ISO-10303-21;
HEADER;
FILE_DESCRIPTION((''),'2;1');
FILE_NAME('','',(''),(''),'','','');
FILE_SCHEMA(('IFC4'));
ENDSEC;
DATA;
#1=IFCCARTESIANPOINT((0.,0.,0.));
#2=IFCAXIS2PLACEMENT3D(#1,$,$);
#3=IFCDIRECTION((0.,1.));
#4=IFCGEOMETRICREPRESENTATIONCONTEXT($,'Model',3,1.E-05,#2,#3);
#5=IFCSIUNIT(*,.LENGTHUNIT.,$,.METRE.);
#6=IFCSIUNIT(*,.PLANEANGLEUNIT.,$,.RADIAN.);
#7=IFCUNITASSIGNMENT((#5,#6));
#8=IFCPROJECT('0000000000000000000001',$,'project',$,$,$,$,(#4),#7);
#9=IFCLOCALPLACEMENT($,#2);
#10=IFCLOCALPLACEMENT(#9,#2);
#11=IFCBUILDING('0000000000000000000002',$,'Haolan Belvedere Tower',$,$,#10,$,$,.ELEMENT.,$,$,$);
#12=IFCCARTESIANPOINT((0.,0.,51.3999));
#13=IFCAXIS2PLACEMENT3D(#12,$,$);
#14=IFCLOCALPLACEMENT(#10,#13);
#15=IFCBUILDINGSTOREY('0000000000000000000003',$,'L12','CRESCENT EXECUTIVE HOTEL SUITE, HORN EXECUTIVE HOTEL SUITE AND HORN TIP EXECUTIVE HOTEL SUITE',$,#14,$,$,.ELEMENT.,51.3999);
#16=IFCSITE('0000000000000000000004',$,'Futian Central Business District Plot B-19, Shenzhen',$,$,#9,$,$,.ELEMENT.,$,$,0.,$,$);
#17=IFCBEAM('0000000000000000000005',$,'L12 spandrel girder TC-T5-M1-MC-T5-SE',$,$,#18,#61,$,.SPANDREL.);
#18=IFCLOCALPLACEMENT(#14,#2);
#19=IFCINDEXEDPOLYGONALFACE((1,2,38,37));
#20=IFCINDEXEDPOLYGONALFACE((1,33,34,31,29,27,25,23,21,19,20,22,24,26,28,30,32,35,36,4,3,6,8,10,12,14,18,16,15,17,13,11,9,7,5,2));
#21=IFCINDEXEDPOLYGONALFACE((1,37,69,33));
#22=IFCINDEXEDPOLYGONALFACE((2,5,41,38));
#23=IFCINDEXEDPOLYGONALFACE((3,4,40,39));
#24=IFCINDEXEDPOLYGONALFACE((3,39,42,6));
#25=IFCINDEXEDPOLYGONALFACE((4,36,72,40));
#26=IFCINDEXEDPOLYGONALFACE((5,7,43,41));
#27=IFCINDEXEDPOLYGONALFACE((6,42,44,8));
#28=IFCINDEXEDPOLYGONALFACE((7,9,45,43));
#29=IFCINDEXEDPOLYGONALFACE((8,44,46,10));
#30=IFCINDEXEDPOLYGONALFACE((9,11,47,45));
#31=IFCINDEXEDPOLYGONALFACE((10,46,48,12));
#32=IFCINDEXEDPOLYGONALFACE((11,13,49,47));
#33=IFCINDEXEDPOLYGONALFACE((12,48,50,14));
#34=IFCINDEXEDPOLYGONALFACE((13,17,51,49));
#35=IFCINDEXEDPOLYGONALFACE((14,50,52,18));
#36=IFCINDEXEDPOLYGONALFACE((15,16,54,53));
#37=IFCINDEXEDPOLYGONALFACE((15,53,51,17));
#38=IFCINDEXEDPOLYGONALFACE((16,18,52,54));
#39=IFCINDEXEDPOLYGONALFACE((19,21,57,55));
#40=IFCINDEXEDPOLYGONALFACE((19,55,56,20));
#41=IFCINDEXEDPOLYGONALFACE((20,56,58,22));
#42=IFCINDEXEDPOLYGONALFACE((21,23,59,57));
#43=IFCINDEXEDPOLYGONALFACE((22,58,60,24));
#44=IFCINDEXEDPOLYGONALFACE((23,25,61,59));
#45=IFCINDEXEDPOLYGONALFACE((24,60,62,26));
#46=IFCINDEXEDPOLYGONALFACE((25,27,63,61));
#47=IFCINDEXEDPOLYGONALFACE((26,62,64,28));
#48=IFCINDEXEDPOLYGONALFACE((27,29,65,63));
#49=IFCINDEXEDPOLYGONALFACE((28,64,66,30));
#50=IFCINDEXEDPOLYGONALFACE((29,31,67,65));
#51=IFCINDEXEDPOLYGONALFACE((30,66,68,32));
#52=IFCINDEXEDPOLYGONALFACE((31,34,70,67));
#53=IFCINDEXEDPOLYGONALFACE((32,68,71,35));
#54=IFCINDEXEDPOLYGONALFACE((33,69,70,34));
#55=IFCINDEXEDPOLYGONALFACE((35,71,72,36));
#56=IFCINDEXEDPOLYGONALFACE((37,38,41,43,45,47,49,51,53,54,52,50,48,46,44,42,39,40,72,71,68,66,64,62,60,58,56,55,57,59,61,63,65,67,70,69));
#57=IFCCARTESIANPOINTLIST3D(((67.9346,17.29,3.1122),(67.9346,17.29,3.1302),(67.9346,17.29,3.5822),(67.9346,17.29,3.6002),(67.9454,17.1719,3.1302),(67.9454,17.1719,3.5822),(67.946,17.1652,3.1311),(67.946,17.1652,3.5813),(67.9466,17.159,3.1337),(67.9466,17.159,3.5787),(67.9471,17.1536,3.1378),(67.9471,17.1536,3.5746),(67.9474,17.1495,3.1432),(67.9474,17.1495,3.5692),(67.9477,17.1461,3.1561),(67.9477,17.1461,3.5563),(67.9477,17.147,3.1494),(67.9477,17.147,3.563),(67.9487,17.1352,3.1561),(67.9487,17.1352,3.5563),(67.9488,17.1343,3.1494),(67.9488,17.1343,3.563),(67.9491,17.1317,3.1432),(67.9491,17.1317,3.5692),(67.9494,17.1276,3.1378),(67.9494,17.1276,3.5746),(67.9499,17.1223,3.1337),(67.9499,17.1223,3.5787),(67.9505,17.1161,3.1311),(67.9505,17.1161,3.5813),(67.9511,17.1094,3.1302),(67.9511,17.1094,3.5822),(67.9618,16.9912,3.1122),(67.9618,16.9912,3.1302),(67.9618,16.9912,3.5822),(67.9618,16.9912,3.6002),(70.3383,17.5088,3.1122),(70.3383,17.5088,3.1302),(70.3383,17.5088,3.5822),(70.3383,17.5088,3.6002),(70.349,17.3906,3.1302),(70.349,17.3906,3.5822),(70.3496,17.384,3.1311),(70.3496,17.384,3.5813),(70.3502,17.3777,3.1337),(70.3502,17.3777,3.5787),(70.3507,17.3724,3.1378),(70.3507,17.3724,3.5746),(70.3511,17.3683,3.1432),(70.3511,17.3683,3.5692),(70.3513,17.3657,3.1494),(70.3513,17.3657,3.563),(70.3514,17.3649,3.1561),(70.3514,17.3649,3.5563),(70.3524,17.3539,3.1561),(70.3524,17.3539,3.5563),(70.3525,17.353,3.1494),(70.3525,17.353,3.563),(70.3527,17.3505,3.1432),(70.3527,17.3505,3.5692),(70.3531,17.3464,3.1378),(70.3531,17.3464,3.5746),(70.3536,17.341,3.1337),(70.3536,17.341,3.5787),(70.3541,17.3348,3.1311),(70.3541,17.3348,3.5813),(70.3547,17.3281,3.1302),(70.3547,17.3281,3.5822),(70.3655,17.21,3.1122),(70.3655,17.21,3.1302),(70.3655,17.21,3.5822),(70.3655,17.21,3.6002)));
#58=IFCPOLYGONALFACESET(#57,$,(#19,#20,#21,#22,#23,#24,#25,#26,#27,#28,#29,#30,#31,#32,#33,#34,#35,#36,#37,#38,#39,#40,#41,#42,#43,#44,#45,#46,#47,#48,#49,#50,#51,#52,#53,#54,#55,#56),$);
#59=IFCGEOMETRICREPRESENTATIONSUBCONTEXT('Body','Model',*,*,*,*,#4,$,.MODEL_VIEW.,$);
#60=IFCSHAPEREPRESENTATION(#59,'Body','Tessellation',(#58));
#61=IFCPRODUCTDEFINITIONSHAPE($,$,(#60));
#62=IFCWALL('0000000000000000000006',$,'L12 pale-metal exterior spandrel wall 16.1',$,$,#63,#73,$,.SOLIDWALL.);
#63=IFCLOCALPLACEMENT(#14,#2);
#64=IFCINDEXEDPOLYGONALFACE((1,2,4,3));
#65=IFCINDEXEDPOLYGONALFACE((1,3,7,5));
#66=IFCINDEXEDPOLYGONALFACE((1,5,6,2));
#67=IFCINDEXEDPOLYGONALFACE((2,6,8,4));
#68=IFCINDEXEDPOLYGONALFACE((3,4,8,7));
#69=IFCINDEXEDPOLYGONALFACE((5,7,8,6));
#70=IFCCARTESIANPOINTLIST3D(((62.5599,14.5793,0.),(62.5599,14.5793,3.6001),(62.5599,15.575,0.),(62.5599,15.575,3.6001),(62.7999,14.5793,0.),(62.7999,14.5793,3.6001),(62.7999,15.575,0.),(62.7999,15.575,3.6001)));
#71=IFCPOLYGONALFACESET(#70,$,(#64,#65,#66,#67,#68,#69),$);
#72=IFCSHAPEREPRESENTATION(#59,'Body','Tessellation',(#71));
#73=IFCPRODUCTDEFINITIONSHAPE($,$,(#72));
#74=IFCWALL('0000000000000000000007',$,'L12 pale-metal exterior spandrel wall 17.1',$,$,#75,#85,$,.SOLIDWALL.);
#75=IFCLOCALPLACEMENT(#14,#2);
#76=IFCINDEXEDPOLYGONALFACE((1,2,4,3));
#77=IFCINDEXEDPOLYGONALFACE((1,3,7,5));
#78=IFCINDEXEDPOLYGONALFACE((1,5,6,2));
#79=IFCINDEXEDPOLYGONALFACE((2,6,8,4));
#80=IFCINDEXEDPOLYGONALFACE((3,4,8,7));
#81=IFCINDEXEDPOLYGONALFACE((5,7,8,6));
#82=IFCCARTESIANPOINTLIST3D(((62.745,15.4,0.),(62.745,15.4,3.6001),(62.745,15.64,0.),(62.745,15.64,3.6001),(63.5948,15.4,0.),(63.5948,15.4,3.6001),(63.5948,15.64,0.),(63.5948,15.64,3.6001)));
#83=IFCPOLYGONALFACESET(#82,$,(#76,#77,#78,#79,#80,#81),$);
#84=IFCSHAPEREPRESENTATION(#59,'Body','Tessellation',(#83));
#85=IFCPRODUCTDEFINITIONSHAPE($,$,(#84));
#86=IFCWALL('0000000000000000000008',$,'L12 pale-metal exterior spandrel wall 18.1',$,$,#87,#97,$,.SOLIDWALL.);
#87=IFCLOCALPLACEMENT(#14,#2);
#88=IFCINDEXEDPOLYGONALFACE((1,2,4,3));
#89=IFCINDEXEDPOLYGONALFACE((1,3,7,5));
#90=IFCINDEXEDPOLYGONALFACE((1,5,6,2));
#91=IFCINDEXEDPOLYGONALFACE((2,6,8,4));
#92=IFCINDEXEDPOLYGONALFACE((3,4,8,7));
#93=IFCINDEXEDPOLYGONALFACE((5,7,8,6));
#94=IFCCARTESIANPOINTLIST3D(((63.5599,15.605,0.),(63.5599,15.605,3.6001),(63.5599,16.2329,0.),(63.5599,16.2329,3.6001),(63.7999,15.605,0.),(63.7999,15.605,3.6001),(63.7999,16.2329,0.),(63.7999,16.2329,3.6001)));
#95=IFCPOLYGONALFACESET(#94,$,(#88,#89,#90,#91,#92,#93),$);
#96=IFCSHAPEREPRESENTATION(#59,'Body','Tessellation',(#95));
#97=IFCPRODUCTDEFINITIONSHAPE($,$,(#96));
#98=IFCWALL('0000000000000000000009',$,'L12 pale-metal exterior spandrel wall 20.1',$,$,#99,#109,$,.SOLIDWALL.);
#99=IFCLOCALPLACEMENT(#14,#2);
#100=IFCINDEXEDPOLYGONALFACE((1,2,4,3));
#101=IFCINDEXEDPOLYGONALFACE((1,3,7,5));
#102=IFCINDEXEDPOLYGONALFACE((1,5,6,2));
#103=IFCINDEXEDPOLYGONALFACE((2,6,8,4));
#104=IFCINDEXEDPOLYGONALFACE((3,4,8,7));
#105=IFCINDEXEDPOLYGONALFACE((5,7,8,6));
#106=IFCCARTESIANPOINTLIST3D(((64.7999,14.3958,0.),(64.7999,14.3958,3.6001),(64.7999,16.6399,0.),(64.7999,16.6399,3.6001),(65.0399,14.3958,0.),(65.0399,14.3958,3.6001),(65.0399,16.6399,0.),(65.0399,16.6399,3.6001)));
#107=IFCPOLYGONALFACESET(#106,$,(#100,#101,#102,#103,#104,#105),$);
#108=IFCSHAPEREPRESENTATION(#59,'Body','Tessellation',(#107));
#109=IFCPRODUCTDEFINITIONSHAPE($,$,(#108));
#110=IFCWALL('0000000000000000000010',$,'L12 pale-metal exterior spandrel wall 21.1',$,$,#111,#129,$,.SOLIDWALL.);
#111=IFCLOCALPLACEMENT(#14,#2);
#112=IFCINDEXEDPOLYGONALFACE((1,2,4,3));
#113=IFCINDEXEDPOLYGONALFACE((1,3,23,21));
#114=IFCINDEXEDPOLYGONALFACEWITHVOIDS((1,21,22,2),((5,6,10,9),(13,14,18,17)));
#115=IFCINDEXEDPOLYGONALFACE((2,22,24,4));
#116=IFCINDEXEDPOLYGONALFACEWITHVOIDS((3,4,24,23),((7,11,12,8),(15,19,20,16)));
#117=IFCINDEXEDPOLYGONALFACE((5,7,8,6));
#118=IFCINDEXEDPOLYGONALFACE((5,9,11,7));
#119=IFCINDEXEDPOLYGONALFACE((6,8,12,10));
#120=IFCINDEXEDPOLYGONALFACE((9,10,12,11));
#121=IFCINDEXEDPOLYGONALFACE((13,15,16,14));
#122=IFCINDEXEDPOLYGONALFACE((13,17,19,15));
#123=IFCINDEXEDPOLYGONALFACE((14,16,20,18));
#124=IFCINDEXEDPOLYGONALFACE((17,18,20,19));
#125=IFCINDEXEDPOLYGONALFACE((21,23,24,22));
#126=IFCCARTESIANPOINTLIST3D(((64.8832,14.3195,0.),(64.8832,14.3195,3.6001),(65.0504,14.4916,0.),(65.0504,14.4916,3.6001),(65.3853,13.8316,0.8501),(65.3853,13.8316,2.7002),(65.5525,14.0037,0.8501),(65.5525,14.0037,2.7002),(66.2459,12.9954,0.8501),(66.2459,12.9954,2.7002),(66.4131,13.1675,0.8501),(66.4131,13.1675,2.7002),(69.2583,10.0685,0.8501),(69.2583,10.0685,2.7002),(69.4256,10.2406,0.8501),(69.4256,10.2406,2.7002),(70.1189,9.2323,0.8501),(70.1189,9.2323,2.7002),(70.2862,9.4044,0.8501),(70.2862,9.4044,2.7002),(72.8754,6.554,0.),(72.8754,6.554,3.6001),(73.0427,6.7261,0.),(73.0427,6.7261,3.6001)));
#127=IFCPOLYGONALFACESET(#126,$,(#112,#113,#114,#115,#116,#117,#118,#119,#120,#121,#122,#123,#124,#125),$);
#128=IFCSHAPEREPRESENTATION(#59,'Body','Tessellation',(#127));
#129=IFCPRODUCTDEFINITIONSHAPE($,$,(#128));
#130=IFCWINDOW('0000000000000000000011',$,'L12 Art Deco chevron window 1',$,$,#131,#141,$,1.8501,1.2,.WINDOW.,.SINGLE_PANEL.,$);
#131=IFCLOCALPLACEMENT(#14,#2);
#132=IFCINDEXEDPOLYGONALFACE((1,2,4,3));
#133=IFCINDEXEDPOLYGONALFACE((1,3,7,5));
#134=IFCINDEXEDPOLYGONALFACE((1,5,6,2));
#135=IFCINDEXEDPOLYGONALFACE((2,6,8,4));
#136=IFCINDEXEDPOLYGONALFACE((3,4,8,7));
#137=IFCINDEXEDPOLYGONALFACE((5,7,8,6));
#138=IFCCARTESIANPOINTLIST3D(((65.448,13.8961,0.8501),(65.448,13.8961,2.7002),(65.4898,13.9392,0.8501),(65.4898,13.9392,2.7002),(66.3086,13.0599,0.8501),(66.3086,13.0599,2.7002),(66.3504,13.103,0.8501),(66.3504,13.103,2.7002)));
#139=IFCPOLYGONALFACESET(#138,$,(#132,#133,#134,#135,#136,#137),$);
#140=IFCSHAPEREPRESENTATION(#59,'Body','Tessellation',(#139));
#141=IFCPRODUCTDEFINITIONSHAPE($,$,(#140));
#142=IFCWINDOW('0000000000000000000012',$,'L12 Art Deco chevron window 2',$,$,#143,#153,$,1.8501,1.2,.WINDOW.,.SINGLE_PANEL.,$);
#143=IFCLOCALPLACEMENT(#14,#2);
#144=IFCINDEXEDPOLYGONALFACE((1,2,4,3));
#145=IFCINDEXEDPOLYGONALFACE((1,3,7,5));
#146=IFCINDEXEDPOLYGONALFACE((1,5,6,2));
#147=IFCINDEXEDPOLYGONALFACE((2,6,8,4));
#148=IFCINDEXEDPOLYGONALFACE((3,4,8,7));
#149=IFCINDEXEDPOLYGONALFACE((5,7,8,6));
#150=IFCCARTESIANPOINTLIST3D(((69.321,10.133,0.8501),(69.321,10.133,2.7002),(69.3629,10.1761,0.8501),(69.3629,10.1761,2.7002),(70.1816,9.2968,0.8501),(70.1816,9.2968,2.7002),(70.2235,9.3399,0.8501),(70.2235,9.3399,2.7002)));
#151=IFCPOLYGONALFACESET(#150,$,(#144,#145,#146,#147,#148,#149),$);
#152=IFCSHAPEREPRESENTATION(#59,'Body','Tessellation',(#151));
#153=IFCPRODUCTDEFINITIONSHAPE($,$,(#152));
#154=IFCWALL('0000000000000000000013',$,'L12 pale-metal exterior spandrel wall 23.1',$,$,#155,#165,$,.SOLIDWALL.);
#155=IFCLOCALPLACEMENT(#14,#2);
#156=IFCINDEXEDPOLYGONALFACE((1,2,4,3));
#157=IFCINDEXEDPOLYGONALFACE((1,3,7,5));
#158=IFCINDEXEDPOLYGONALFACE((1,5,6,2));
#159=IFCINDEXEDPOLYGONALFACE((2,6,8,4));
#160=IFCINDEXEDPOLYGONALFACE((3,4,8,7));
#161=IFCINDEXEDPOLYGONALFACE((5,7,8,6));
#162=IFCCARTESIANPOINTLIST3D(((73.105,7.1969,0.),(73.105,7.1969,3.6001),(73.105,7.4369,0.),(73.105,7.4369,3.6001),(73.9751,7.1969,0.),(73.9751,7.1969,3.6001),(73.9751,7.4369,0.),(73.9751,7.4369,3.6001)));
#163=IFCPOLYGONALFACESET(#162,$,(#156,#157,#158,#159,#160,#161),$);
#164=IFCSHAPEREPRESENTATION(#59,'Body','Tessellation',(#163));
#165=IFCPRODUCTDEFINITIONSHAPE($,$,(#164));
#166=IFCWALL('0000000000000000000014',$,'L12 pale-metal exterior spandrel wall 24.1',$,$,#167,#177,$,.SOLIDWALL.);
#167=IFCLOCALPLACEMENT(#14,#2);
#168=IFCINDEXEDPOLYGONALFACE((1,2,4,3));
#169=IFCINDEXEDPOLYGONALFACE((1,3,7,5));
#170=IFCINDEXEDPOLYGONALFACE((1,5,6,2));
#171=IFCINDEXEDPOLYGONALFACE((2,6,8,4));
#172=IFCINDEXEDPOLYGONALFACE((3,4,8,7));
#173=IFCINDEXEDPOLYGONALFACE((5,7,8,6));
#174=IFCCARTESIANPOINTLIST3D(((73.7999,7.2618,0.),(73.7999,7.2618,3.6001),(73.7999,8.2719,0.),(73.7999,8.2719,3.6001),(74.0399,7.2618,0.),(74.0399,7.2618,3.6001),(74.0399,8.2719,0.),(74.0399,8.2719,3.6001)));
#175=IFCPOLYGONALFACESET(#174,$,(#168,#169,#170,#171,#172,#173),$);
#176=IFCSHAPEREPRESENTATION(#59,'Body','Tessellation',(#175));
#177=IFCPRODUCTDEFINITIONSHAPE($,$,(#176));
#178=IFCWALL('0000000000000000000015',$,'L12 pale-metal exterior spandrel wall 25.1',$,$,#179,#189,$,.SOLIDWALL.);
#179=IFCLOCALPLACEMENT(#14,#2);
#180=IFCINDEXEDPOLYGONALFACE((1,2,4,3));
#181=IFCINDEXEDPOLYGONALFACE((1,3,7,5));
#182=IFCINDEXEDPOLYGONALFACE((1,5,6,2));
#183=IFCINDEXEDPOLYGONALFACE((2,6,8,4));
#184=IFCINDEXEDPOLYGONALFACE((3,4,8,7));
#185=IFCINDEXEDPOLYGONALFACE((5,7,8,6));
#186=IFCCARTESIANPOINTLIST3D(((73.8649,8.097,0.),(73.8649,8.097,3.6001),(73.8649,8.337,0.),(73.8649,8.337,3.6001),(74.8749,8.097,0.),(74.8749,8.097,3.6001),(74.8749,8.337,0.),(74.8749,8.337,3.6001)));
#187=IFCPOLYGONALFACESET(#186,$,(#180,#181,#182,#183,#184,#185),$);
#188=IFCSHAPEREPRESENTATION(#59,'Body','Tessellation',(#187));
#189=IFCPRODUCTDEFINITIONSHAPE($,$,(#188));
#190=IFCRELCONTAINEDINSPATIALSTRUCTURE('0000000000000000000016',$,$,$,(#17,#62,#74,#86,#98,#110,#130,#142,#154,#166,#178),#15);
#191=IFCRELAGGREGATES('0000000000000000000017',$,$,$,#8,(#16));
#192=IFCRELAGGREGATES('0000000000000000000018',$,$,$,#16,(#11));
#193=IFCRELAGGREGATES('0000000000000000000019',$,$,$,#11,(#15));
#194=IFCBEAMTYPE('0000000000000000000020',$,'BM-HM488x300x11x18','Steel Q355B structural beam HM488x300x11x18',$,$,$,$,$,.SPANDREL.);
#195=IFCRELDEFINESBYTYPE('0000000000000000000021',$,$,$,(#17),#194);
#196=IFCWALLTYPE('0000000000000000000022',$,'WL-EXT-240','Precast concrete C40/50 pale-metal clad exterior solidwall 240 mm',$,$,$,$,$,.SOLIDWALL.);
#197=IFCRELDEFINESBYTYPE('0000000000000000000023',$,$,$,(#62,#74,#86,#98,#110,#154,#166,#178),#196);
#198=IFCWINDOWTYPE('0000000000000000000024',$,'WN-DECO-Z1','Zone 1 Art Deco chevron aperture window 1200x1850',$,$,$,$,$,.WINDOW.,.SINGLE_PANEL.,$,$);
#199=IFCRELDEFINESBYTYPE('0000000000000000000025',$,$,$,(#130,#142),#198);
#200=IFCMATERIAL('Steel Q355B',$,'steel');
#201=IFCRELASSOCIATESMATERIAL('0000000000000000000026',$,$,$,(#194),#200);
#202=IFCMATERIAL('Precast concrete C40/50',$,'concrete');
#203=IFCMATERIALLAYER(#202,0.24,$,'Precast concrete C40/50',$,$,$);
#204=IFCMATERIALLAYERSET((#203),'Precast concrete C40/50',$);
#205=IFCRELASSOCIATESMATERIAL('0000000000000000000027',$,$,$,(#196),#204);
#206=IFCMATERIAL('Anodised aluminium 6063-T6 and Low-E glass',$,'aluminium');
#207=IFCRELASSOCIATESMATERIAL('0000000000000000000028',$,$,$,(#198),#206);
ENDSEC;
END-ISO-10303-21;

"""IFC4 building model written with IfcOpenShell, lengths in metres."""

from ifc_helpers import new_model, si_unit, direction, frame, frame_2d, origin, origin_2d, place, context, subcontext, project, spatial, rectangle, i_section, extrude, material, layer, layer_set, material_profile, profile_set, type_object, element, fill, save


model = new_model("IFC4")

# Units and contexts
model_context = context("Model", 3, precision=1e-05, world=origin(), true_north=direction((0.0, 1.0)))
body_context = subcontext(model_context, "Body", "Model", "MODEL_VIEW")
ifc_project = project(units=[si_unit("LENGTHUNIT", "METRE"), si_unit("PLANEANGLEUNIT", "RADIAN")], contexts=[model_context])

# Site, building, storey
site_placement = place(None, origin())
site = spatial("IfcSite", under=ifc_project, at=site_placement, Name="Futian Central Business District Plot B-19, Shenzhen", CompositionType="ELEMENT", RefElevation=0.0)
building_placement = place(site_placement, origin())
building = spatial("IfcBuilding", under=site, at=building_placement, Name="Haolan Belvedere Tower", CompositionType="ELEMENT")
storey_placement = place(building_placement, frame((0.0, 0.0, 51.3999)))
storey = spatial("IfcBuildingStorey", under=building, at=storey_placement, Name="L12", Description="CRESCENT EXECUTIVE HOTEL SUITE, HORN EXECUTIVE HOTEL SUITE AND HORN TIP EXECUTIVE HOTEL SUITE", CompositionType="ELEMENT", Elevation=51.3999)

# Shared definitions
ifc_material_1 = material(Name="Steel Q355B", Category="steel")

# Beam
ifc_material_profile_1 = material_profile(ifc_material_1, i_section(OverallWidth=0.3, OverallDepth=0.488, WebThickness=0.011, FlangeThickness=0.0181, FilletRadius=0.0259, at=origin_2d()), Name="Steel Q355B")
ifc_profile_set_1 = profile_set([ifc_material_profile_1], Name="Steel Q355B")
beam_type = type_object("IfcBeamType", Name="BM-HM488x300x11x18", Description="Steel Q355B structural beam HM488x300x11x18", PredefinedType="SPANDREL", material=ifc_profile_set_1)
for number, where, z_axis, x_axis, name in (
    (1, (67.9482, 17.1406, 3.3562), (0.995884, 0.090636, 0.0), (-0.090636, 0.995884, 0.0), "L12 spandrel girder TC-T5-M1-MC-T5-SE"),
):
    element("IfcBeam", number, at=place(storey_placement, frame(where, z_axis=z_axis, x_axis=x_axis)), inside=storey, type_object=beam_type, Name=name, PredefinedType="SPANDREL", context=body_context, shape_type="SweptSolid", body=[
        extrude(i_section(OverallWidth=0.3, OverallDepth=0.488, WebThickness=0.011, FlangeThickness=0.0181, FilletRadius=0.0259, at=origin_2d()), origin(), (0.0, 0.0, 1.0), 2.4136),
    ])

# Walls
ifc_material_2 = material(Name="Precast concrete C40/50", Category="concrete")
ifc_layer_1 = layer(ifc_material_2, 0.24, Name="Precast concrete C40/50")
ifc_layer_set_1 = layer_set([ifc_layer_1], Name="Precast concrete C40/50")
wall_type_1 = type_object("IfcWallType", Name="WL-EXT-240", Description="Precast concrete C40/50 pale-metal clad exterior solidwall 240 mm", PredefinedType="SOLIDWALL", material=ifc_layer_set_1)
wall_1_placement = place(storey_placement, frame((62.6799, 14.5793, 0.0), z_axis=(0.0, 0.0, 1.0), x_axis=(0.0, 1.0, 0.0)))
element("IfcWall", 2, at=wall_1_placement, inside=storey, type_object=wall_type_1, Name="L12 pale-metal exterior spandrel wall 16.1", PredefinedType="SOLIDWALL", context=body_context, shape_type="SweptSolid", body=[
    extrude(rectangle(XDim=0.9956, YDim=0.24, at=frame_2d((0.4978, 0.0))), origin(), (0.0, 0.0, 1.0), 3.6001),
])
wall_2_placement = place(storey_placement, frame((62.7451, 15.52, 0.0), z_axis=(0.0, 0.0, 1.0), x_axis=(1.0, 0.0, 0.0)))
element("IfcWall", 3, at=wall_2_placement, inside=storey, type_object=wall_type_1, Name="L12 pale-metal exterior spandrel wall 17.1", PredefinedType="SOLIDWALL", context=body_context, shape_type="SweptSolid", body=[
    extrude(rectangle(XDim=0.8499, YDim=0.24, at=frame_2d((0.4248, 0.0))), origin(), (0.0, 0.0, 1.0), 3.6001),
])
wall_3_placement = place(storey_placement, frame((63.6799, 15.605, 0.0), z_axis=(0.0, 0.0, 1.0), x_axis=(0.0, 1.0, 0.0)))
element("IfcWall", 4, at=wall_3_placement, inside=storey, type_object=wall_type_1, Name="L12 pale-metal exterior spandrel wall 18.1", PredefinedType="SOLIDWALL", context=body_context, shape_type="SweptSolid", body=[
    extrude(rectangle(XDim=0.6279, YDim=0.24, at=frame_2d((0.314, 0.0))), origin(), (0.0, 0.0, 1.0), 3.6001),
])
wall_4_placement = place(storey_placement, frame((64.9199, 16.6399, 0.0), z_axis=(0.0, 0.0, 1.0), x_axis=(0.0, -1.0, 0.0)))
element("IfcWall", 5, at=wall_4_placement, inside=storey, type_object=wall_type_1, Name="L12 pale-metal exterior spandrel wall 20.1", PredefinedType="SOLIDWALL", context=body_context, shape_type="SweptSolid", body=[
    extrude(rectangle(XDim=2.2441, YDim=0.24, at=frame_2d((1.1221, 0.0))), origin(), (0.0, 0.0, 1.0), 3.6001),
])

# Wall, openings, windows
wall_5_placement = place(storey_placement, frame((64.9668, 14.4055, 0.0), z_axis=(0.0, 0.0, 1.0), x_axis=(0.71721, -0.696857, 0.0)))
wall_5 = element("IfcWall", 6, at=wall_5_placement, inside=storey, type_object=wall_type_1, Name="L12 pale-metal exterior spandrel wall 21.1", PredefinedType="SOLIDWALL", context=body_context, shape_type="SweptSolid", body=[
    extrude(rectangle(XDim=11.1436, YDim=0.24, at=frame_2d((5.5718, 0.0))), origin(), (0.0, 0.0, 1.0), 3.6001),
])
opening_1_placement = place(wall_5_placement, frame((0.7, 0.0, 0.8501)))
opening_1 = element("IfcOpeningElement", 7, at=opening_1_placement, cuts=wall_5, PredefinedType="OPENING", context=body_context, shape_type="SweptSolid", body=[
    extrude(rectangle(XDim=1.2, YDim=1.8501, at=frame_2d((0.6001, 0.925))), frame((0.0, 0.1299, 0.0), z_axis=(0.0, -1.0, 0.0), x_axis=(1.0, 0.0, 0.0)), (0.0, 0.0, 1.0), 0.26),
])
opening_2_placement = place(wall_5_placement, frame((6.1001, 0.0, 0.8501)))
opening_2 = element("IfcOpeningElement", 8, at=opening_2_placement, cuts=wall_5, PredefinedType="OPENING", context=body_context, shape_type="SweptSolid", body=[
    extrude(rectangle(XDim=1.2, YDim=1.8501, at=frame_2d((0.6001, 0.925))), frame((0.0, 0.1299, 0.0), z_axis=(0.0, -1.0, 0.0), x_axis=(1.0, 0.0, 0.0)), (0.0, 0.0, 1.0), 0.26),
])
ifc_material_3 = material(Name="Anodised aluminium 6063-T6 and Low-E glass", Category="aluminium")
window_type = type_object("IfcWindowType", Name="WN-DECO-Z1", Description="Zone 1 Art Deco chevron aperture window 1200x1850", PartitioningType="SINGLE_PANEL", PredefinedType="WINDOW", material=ifc_material_3)
window_1_placement = place(opening_1_placement, origin())
window_1 = element("IfcWindow", 9, at=window_1_placement, inside=storey, type_object=window_type, Name="L12 Art Deco chevron window 1", OverallHeight=1.8501, OverallWidth=1.2, PartitioningType="SINGLE_PANEL", PredefinedType="WINDOW", context=body_context, shape_type="SweptSolid", body=[
    extrude(rectangle(XDim=1.2, YDim=1.8501, at=frame_2d((0.6001, 0.925))), frame((0.0, 0.03, 0.0), z_axis=(0.0, -1.0, 0.0), x_axis=(1.0, 0.0, 0.0)), (0.0, 0.0, 1.0), 0.0601),
])
fill(opening_1, window_1)
window_2_placement = place(opening_2_placement, origin())
window_2 = element("IfcWindow", 10, at=window_2_placement, inside=storey, type_object=window_type, Name="L12 Art Deco chevron window 2", OverallHeight=1.8501, OverallWidth=1.2, PartitioningType="SINGLE_PANEL", PredefinedType="WINDOW", context=body_context, shape_type="SweptSolid", body=[
    extrude(rectangle(XDim=1.2, YDim=1.8501, at=frame_2d((0.6001, 0.925))), frame((0.0, 0.03, 0.0), z_axis=(0.0, -1.0, 0.0), x_axis=(1.0, 0.0, 0.0)), (0.0, 0.0, 1.0), 0.0601),
])
fill(opening_2, window_2)

# Walls
wall_6_placement = place(storey_placement, frame((73.105, 7.3169, 0.0), z_axis=(0.0, 0.0, 1.0), x_axis=(1.0, 0.0, 0.0)))
element("IfcWall", 11, at=wall_6_placement, inside=storey, type_object=wall_type_1, Name="L12 pale-metal exterior spandrel wall 23.1", PredefinedType="SOLIDWALL", context=body_context, shape_type="SweptSolid", body=[
    extrude(rectangle(XDim=0.8701, YDim=0.24, at=frame_2d((0.4351, 0.0))), origin(), (0.0, 0.0, 1.0), 3.6001),
])
for number, where, z_axis, x_axis, name in (
    (12, (73.9199, 7.262, 0.0), (0.0, 0.0, 1.0), (0.0, 1.0, 0.0), "L12 pale-metal exterior spandrel wall 24.1"),
    (13, (73.865, 8.217, 0.0), (0.0, 0.0, 1.0), (1.0, 0.0, 0.0), "L12 pale-metal exterior spandrel wall 25.1"),
):
    element("IfcWall", number, at=place(storey_placement, frame(where, z_axis=z_axis, x_axis=x_axis)), inside=storey, type_object=wall_type_1, Name=name, PredefinedType="SOLIDWALL", context=body_context, shape_type="SweptSolid", body=[
        extrude(rectangle(XDim=1.01, YDim=0.24, at=frame_2d((0.5049, 0.0))), origin(), (0.0, 0.0, 1.0), 3.6001),
    ])

save(model, "model.ifc")
